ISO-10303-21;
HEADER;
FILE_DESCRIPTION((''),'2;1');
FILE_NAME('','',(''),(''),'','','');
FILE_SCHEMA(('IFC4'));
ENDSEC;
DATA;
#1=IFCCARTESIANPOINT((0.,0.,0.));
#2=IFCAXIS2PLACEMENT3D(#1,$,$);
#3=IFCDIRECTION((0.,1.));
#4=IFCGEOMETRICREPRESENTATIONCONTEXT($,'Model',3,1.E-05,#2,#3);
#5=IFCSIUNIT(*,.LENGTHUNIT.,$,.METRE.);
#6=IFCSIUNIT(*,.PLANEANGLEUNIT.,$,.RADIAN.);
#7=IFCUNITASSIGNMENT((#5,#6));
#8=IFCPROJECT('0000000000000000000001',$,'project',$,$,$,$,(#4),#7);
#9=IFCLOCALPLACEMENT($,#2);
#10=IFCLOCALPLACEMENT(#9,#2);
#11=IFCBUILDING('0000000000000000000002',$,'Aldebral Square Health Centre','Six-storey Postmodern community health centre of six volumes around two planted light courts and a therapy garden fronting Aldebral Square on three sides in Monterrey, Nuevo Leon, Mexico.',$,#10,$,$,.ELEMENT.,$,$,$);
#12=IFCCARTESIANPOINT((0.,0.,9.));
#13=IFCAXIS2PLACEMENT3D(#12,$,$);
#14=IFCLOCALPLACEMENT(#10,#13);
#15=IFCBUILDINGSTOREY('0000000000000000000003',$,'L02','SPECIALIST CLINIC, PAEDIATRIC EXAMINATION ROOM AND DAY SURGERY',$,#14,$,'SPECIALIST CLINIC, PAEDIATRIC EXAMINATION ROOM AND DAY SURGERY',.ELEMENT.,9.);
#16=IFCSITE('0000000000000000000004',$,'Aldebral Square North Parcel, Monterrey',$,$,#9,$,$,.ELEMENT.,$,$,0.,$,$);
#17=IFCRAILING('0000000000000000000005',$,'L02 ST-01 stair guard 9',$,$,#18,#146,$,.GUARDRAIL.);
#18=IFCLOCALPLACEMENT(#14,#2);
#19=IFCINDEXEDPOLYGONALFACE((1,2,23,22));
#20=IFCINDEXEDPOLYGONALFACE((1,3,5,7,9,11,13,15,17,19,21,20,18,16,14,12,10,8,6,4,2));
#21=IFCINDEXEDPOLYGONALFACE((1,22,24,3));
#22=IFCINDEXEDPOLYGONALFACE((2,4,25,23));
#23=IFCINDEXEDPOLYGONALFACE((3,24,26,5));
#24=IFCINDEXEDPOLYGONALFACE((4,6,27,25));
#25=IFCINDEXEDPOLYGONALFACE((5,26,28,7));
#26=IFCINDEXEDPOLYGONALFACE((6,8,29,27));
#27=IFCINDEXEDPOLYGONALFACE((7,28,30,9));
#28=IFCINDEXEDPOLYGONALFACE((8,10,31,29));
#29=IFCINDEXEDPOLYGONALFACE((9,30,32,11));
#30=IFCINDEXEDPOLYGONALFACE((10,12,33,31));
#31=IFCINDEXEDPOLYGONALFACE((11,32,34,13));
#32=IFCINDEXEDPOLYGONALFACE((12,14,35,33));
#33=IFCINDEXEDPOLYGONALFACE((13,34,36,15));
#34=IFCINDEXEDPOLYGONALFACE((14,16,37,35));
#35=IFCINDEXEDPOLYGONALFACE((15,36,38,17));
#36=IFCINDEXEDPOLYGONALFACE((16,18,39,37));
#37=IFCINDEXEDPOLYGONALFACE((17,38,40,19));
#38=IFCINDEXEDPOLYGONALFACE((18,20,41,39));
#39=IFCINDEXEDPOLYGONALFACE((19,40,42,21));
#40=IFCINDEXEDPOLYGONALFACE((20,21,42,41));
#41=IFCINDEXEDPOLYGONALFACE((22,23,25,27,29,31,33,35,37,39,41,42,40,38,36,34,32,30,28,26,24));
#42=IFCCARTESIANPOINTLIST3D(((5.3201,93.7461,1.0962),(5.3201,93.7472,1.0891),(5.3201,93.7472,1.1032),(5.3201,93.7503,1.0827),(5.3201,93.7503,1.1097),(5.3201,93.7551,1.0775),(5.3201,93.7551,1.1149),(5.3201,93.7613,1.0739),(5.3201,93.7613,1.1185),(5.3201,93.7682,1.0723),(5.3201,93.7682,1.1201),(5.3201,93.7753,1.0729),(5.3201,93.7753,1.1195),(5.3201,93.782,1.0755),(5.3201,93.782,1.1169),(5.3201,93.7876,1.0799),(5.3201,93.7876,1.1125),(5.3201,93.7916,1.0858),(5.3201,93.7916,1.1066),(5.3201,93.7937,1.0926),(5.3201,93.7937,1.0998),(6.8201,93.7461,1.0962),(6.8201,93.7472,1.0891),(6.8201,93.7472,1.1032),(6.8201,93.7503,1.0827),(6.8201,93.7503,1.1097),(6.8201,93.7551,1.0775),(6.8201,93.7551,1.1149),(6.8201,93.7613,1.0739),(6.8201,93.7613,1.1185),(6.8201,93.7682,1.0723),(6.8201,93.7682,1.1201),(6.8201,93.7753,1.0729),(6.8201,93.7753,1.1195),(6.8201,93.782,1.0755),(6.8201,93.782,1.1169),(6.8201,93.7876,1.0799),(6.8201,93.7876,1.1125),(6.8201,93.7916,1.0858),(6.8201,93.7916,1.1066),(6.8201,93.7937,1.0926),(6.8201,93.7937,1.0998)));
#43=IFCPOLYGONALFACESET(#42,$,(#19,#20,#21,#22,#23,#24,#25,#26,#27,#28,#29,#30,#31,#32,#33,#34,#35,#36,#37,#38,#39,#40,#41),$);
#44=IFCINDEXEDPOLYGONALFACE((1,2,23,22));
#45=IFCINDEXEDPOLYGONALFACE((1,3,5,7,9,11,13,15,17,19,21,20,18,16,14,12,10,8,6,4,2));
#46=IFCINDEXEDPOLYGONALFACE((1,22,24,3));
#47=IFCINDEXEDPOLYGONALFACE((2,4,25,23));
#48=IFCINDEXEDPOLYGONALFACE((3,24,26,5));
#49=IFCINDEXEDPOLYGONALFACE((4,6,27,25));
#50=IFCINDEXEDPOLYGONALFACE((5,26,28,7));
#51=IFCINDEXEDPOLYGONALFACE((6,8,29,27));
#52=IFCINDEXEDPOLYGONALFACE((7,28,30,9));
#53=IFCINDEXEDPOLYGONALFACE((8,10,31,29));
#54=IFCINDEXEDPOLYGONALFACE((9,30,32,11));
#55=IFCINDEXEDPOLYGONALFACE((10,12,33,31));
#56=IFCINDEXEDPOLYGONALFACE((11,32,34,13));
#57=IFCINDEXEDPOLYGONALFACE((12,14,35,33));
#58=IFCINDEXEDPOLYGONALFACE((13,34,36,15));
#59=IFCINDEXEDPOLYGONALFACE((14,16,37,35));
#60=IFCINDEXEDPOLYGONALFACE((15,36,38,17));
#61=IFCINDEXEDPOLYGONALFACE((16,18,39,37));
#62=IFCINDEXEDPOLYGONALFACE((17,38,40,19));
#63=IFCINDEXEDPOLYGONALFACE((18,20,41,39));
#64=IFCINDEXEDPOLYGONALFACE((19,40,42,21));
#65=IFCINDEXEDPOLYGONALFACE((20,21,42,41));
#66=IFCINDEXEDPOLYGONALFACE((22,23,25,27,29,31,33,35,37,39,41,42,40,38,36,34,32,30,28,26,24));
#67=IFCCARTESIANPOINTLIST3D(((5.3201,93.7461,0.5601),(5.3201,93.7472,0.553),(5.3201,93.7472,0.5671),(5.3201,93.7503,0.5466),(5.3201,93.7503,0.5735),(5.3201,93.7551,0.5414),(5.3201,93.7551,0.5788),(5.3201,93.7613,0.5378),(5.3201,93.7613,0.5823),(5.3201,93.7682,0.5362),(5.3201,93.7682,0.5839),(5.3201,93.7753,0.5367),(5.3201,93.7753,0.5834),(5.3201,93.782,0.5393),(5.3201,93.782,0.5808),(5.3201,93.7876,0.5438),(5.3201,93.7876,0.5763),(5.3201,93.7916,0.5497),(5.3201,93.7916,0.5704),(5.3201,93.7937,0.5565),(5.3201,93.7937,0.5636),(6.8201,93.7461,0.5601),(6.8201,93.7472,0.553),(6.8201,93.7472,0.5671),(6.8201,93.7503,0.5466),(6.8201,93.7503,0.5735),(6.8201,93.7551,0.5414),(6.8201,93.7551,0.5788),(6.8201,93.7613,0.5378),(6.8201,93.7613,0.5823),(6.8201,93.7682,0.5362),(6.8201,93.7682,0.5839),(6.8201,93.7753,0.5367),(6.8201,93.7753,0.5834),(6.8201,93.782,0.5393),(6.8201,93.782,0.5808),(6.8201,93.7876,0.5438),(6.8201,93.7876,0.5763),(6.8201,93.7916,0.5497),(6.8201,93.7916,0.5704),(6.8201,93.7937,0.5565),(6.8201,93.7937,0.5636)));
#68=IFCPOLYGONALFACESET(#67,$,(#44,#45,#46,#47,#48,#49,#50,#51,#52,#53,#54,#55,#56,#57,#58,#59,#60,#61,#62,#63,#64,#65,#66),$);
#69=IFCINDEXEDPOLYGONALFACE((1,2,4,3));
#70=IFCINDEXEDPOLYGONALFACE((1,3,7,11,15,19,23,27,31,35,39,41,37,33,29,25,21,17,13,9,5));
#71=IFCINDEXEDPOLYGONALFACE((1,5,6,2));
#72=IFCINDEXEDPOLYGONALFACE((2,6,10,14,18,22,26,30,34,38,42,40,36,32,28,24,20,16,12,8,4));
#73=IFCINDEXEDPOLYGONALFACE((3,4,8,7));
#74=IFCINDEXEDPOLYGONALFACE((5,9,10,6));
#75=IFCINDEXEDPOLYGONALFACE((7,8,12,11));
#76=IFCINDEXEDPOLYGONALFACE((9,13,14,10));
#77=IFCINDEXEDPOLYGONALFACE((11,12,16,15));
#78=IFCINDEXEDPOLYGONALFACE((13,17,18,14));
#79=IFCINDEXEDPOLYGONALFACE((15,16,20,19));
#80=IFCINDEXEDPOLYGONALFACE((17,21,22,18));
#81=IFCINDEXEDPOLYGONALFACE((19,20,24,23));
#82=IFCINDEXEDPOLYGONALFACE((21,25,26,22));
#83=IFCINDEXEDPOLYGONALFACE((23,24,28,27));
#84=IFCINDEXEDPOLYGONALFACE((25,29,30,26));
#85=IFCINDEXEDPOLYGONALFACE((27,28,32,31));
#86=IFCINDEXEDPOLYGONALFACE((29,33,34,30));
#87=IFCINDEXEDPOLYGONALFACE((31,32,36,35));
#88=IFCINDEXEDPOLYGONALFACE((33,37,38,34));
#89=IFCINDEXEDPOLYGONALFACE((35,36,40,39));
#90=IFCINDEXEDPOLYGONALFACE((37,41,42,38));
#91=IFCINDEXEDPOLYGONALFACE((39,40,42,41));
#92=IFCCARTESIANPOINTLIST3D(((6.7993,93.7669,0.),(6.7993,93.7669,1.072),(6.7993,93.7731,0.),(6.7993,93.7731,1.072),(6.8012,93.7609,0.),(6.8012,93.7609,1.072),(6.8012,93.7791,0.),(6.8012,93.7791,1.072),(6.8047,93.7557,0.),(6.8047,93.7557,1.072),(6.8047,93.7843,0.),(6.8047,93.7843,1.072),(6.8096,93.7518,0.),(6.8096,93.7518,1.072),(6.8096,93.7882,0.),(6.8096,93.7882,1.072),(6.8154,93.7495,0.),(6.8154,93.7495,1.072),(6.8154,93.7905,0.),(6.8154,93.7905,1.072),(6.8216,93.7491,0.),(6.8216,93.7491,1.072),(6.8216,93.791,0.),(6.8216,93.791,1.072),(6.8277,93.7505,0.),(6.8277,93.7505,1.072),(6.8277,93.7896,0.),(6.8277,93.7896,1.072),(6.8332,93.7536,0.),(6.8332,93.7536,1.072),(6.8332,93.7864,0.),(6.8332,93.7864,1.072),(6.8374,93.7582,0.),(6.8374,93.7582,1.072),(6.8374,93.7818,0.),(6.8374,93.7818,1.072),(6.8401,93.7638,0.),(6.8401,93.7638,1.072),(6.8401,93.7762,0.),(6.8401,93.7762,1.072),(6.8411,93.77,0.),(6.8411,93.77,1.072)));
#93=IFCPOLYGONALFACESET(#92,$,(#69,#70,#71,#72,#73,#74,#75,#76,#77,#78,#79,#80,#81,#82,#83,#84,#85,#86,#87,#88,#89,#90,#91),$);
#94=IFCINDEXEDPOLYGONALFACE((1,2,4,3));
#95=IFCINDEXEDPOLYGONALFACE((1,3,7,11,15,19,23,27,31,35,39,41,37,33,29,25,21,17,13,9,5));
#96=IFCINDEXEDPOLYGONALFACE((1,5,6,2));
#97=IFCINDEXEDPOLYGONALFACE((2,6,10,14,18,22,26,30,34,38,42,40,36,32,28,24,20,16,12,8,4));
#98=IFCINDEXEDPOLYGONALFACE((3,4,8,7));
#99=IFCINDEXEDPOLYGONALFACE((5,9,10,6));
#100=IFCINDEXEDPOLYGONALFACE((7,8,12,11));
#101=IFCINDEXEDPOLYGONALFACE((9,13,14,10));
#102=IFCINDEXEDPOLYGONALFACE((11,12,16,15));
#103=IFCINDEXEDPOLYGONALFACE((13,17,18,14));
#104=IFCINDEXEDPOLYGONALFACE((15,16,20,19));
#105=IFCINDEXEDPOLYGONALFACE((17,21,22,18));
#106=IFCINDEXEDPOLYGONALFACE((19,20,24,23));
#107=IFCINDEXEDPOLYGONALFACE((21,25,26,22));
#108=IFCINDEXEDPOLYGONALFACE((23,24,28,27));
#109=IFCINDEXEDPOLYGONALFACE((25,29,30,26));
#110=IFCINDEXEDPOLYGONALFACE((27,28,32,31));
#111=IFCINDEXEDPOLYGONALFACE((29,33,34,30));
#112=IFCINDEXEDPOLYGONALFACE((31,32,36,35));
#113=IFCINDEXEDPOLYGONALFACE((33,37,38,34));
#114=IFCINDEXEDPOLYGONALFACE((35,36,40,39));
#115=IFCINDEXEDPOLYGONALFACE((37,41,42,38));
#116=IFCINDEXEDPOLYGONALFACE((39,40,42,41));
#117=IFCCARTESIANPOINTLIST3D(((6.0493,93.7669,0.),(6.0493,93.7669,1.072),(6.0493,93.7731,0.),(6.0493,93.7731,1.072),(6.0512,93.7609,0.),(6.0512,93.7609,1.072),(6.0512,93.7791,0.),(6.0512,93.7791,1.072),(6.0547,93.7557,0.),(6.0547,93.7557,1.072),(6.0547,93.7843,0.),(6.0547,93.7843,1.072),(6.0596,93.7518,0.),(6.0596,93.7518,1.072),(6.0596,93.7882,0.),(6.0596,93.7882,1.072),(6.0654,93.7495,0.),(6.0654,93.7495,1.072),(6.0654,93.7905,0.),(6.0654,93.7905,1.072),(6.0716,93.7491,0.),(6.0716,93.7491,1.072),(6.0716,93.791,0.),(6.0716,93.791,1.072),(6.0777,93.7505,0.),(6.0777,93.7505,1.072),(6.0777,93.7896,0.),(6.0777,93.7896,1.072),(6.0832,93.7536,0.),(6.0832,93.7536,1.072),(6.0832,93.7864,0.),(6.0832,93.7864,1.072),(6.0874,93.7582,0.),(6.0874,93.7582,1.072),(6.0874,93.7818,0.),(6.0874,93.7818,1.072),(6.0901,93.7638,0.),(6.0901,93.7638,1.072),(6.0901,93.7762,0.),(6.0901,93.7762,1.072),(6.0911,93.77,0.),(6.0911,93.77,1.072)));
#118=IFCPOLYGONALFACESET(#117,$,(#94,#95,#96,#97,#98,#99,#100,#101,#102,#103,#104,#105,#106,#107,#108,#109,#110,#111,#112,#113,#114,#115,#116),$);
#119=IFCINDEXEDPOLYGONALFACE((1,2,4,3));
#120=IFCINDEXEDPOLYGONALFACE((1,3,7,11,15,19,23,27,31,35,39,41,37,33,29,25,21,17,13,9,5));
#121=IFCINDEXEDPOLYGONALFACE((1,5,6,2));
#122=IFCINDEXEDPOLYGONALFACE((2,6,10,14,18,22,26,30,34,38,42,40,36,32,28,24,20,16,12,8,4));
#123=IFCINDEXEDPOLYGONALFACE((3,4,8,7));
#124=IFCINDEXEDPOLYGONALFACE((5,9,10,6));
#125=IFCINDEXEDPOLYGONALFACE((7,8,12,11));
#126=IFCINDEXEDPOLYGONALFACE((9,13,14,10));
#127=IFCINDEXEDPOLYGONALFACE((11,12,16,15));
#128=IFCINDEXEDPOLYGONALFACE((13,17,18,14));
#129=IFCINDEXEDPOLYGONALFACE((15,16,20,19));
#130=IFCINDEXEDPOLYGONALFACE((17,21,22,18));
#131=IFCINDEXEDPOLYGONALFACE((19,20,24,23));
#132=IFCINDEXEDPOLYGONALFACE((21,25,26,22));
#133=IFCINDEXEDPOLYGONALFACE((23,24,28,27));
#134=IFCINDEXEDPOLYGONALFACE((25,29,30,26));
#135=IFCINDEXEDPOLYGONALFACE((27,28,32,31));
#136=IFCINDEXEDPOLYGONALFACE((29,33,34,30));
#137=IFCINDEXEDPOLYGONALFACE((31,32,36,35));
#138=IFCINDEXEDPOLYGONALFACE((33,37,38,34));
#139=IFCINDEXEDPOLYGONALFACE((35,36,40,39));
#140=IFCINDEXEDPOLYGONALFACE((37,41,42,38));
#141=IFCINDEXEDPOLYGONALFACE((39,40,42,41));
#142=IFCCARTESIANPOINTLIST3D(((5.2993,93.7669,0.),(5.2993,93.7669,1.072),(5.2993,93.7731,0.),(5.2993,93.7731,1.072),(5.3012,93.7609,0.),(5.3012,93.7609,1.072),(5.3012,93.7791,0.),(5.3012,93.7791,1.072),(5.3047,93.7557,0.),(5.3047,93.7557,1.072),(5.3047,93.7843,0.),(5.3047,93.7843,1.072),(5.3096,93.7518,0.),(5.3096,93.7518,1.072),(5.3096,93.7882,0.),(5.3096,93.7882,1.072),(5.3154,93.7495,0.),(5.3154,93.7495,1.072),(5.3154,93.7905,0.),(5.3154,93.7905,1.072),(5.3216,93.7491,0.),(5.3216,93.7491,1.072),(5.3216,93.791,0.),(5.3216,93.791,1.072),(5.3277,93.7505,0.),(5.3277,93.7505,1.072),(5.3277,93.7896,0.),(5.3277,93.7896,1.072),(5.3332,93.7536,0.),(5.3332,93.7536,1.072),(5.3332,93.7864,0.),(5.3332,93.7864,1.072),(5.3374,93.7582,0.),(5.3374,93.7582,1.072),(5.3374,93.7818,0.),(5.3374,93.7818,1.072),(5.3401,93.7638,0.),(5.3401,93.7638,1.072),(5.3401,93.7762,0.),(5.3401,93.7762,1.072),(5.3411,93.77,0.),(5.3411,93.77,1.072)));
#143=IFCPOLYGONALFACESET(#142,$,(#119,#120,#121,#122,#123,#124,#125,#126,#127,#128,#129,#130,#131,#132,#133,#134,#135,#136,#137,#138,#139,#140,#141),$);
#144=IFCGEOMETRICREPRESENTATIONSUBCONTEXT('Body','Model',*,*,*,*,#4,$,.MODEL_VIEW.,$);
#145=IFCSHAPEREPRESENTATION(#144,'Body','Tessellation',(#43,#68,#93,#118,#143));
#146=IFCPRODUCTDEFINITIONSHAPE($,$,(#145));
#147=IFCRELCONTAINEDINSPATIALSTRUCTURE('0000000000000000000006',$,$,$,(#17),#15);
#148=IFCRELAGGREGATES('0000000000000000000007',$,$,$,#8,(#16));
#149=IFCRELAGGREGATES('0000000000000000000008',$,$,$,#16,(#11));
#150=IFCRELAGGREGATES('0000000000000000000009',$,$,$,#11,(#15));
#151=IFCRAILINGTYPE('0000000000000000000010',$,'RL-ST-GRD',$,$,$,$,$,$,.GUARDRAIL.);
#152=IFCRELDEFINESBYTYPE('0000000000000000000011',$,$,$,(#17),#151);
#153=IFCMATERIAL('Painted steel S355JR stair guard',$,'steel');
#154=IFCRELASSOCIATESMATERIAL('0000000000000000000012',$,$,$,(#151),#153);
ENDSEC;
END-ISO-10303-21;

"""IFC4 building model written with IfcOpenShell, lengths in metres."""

from ifc_helpers import new_model, si_unit, direction, frame, origin, origin_2d, place, context, subcontext, project, spatial, circle, extrude, material, type_object, element, save


model = new_model("IFC4")

# Units and contexts
model_context = context("Model", 3, precision=1e-05, world=origin(), true_north=direction((0.0, 1.0)))
body_context = subcontext(model_context, "Body", "Model", "MODEL_VIEW")
ifc_project = project(units=[si_unit("LENGTHUNIT", "METRE"), si_unit("PLANEANGLEUNIT", "RADIAN")], contexts=[model_context])

# Site, building, storey
site_placement = place(None, origin())
site = spatial("IfcSite", under=ifc_project, at=site_placement, Name="Aldebral Square North Parcel, Monterrey", CompositionType="ELEMENT", RefElevation=0.0)
building_placement = place(site_placement, origin())
building = spatial("IfcBuilding", under=site, at=building_placement, Name="Aldebral Square Health Centre", Description="Six-storey Postmodern community health centre of six volumes around two planted light courts and a therapy garden fronting Aldebral Square on three sides in Monterrey, Nuevo Leon, Mexico.", CompositionType="ELEMENT")
storey_placement = place(building_placement, frame((0.0, 0.0, 9.0)))
storey = spatial("IfcBuildingStorey", under=building, at=storey_placement, Name="L02", Description="SPECIALIST CLINIC, PAEDIATRIC EXAMINATION ROOM AND DAY SURGERY", LongName="SPECIALIST CLINIC, PAEDIATRIC EXAMINATION ROOM AND DAY SURGERY", CompositionType="ELEMENT", Elevation=9.0)

# Railing
ifc_material_1 = material(Name="Painted steel S355JR stair guard", Category="steel")
railing_type_1 = type_object("IfcRailingType", Name="RL-ST-GRD", PredefinedType="GUARDRAIL", material=ifc_material_1)
railing_1_placement = place(storey_placement, frame((6.8201, 93.77, 0.0)))
element("IfcRailing", 1, at=railing_1_placement, inside=storey, type_object=railing_type_1, Name="L02 ST-01 stair guard 9", PredefinedType="GUARDRAIL", context=body_context, shape_type="SweptSolid", body=[
    extrude(circle(Radius=0.0239, at=origin_2d()), frame((0.0, 0.0, 1.0962), z_axis=(-1.0, 0.0, 0.0), x_axis=(0.0, -1.0, 0.0)), (0.0, 0.0, 1.0), 1.5),
    extrude(circle(Radius=0.0239, at=origin_2d()), frame((0.0, 0.0, 0.5601), z_axis=(-1.0, 0.0, 0.0), x_axis=(0.0, -1.0, 0.0)), (0.0, 0.0, 1.0), 1.5),
    extrude(circle(Radius=0.021, at=origin_2d()), origin(), (0.0, 0.0, 1.0), 1.072),
    extrude(circle(Radius=0.021, at=origin_2d()), frame((-0.75, 0.0, 0.0)), (0.0, 0.0, 1.0), 1.072),
    extrude(circle(Radius=0.021, at=origin_2d()), frame((-1.5, 0.0, 0.0)), (0.0, 0.0, 1.0), 1.072),
])

save(model, "model.ifc")
